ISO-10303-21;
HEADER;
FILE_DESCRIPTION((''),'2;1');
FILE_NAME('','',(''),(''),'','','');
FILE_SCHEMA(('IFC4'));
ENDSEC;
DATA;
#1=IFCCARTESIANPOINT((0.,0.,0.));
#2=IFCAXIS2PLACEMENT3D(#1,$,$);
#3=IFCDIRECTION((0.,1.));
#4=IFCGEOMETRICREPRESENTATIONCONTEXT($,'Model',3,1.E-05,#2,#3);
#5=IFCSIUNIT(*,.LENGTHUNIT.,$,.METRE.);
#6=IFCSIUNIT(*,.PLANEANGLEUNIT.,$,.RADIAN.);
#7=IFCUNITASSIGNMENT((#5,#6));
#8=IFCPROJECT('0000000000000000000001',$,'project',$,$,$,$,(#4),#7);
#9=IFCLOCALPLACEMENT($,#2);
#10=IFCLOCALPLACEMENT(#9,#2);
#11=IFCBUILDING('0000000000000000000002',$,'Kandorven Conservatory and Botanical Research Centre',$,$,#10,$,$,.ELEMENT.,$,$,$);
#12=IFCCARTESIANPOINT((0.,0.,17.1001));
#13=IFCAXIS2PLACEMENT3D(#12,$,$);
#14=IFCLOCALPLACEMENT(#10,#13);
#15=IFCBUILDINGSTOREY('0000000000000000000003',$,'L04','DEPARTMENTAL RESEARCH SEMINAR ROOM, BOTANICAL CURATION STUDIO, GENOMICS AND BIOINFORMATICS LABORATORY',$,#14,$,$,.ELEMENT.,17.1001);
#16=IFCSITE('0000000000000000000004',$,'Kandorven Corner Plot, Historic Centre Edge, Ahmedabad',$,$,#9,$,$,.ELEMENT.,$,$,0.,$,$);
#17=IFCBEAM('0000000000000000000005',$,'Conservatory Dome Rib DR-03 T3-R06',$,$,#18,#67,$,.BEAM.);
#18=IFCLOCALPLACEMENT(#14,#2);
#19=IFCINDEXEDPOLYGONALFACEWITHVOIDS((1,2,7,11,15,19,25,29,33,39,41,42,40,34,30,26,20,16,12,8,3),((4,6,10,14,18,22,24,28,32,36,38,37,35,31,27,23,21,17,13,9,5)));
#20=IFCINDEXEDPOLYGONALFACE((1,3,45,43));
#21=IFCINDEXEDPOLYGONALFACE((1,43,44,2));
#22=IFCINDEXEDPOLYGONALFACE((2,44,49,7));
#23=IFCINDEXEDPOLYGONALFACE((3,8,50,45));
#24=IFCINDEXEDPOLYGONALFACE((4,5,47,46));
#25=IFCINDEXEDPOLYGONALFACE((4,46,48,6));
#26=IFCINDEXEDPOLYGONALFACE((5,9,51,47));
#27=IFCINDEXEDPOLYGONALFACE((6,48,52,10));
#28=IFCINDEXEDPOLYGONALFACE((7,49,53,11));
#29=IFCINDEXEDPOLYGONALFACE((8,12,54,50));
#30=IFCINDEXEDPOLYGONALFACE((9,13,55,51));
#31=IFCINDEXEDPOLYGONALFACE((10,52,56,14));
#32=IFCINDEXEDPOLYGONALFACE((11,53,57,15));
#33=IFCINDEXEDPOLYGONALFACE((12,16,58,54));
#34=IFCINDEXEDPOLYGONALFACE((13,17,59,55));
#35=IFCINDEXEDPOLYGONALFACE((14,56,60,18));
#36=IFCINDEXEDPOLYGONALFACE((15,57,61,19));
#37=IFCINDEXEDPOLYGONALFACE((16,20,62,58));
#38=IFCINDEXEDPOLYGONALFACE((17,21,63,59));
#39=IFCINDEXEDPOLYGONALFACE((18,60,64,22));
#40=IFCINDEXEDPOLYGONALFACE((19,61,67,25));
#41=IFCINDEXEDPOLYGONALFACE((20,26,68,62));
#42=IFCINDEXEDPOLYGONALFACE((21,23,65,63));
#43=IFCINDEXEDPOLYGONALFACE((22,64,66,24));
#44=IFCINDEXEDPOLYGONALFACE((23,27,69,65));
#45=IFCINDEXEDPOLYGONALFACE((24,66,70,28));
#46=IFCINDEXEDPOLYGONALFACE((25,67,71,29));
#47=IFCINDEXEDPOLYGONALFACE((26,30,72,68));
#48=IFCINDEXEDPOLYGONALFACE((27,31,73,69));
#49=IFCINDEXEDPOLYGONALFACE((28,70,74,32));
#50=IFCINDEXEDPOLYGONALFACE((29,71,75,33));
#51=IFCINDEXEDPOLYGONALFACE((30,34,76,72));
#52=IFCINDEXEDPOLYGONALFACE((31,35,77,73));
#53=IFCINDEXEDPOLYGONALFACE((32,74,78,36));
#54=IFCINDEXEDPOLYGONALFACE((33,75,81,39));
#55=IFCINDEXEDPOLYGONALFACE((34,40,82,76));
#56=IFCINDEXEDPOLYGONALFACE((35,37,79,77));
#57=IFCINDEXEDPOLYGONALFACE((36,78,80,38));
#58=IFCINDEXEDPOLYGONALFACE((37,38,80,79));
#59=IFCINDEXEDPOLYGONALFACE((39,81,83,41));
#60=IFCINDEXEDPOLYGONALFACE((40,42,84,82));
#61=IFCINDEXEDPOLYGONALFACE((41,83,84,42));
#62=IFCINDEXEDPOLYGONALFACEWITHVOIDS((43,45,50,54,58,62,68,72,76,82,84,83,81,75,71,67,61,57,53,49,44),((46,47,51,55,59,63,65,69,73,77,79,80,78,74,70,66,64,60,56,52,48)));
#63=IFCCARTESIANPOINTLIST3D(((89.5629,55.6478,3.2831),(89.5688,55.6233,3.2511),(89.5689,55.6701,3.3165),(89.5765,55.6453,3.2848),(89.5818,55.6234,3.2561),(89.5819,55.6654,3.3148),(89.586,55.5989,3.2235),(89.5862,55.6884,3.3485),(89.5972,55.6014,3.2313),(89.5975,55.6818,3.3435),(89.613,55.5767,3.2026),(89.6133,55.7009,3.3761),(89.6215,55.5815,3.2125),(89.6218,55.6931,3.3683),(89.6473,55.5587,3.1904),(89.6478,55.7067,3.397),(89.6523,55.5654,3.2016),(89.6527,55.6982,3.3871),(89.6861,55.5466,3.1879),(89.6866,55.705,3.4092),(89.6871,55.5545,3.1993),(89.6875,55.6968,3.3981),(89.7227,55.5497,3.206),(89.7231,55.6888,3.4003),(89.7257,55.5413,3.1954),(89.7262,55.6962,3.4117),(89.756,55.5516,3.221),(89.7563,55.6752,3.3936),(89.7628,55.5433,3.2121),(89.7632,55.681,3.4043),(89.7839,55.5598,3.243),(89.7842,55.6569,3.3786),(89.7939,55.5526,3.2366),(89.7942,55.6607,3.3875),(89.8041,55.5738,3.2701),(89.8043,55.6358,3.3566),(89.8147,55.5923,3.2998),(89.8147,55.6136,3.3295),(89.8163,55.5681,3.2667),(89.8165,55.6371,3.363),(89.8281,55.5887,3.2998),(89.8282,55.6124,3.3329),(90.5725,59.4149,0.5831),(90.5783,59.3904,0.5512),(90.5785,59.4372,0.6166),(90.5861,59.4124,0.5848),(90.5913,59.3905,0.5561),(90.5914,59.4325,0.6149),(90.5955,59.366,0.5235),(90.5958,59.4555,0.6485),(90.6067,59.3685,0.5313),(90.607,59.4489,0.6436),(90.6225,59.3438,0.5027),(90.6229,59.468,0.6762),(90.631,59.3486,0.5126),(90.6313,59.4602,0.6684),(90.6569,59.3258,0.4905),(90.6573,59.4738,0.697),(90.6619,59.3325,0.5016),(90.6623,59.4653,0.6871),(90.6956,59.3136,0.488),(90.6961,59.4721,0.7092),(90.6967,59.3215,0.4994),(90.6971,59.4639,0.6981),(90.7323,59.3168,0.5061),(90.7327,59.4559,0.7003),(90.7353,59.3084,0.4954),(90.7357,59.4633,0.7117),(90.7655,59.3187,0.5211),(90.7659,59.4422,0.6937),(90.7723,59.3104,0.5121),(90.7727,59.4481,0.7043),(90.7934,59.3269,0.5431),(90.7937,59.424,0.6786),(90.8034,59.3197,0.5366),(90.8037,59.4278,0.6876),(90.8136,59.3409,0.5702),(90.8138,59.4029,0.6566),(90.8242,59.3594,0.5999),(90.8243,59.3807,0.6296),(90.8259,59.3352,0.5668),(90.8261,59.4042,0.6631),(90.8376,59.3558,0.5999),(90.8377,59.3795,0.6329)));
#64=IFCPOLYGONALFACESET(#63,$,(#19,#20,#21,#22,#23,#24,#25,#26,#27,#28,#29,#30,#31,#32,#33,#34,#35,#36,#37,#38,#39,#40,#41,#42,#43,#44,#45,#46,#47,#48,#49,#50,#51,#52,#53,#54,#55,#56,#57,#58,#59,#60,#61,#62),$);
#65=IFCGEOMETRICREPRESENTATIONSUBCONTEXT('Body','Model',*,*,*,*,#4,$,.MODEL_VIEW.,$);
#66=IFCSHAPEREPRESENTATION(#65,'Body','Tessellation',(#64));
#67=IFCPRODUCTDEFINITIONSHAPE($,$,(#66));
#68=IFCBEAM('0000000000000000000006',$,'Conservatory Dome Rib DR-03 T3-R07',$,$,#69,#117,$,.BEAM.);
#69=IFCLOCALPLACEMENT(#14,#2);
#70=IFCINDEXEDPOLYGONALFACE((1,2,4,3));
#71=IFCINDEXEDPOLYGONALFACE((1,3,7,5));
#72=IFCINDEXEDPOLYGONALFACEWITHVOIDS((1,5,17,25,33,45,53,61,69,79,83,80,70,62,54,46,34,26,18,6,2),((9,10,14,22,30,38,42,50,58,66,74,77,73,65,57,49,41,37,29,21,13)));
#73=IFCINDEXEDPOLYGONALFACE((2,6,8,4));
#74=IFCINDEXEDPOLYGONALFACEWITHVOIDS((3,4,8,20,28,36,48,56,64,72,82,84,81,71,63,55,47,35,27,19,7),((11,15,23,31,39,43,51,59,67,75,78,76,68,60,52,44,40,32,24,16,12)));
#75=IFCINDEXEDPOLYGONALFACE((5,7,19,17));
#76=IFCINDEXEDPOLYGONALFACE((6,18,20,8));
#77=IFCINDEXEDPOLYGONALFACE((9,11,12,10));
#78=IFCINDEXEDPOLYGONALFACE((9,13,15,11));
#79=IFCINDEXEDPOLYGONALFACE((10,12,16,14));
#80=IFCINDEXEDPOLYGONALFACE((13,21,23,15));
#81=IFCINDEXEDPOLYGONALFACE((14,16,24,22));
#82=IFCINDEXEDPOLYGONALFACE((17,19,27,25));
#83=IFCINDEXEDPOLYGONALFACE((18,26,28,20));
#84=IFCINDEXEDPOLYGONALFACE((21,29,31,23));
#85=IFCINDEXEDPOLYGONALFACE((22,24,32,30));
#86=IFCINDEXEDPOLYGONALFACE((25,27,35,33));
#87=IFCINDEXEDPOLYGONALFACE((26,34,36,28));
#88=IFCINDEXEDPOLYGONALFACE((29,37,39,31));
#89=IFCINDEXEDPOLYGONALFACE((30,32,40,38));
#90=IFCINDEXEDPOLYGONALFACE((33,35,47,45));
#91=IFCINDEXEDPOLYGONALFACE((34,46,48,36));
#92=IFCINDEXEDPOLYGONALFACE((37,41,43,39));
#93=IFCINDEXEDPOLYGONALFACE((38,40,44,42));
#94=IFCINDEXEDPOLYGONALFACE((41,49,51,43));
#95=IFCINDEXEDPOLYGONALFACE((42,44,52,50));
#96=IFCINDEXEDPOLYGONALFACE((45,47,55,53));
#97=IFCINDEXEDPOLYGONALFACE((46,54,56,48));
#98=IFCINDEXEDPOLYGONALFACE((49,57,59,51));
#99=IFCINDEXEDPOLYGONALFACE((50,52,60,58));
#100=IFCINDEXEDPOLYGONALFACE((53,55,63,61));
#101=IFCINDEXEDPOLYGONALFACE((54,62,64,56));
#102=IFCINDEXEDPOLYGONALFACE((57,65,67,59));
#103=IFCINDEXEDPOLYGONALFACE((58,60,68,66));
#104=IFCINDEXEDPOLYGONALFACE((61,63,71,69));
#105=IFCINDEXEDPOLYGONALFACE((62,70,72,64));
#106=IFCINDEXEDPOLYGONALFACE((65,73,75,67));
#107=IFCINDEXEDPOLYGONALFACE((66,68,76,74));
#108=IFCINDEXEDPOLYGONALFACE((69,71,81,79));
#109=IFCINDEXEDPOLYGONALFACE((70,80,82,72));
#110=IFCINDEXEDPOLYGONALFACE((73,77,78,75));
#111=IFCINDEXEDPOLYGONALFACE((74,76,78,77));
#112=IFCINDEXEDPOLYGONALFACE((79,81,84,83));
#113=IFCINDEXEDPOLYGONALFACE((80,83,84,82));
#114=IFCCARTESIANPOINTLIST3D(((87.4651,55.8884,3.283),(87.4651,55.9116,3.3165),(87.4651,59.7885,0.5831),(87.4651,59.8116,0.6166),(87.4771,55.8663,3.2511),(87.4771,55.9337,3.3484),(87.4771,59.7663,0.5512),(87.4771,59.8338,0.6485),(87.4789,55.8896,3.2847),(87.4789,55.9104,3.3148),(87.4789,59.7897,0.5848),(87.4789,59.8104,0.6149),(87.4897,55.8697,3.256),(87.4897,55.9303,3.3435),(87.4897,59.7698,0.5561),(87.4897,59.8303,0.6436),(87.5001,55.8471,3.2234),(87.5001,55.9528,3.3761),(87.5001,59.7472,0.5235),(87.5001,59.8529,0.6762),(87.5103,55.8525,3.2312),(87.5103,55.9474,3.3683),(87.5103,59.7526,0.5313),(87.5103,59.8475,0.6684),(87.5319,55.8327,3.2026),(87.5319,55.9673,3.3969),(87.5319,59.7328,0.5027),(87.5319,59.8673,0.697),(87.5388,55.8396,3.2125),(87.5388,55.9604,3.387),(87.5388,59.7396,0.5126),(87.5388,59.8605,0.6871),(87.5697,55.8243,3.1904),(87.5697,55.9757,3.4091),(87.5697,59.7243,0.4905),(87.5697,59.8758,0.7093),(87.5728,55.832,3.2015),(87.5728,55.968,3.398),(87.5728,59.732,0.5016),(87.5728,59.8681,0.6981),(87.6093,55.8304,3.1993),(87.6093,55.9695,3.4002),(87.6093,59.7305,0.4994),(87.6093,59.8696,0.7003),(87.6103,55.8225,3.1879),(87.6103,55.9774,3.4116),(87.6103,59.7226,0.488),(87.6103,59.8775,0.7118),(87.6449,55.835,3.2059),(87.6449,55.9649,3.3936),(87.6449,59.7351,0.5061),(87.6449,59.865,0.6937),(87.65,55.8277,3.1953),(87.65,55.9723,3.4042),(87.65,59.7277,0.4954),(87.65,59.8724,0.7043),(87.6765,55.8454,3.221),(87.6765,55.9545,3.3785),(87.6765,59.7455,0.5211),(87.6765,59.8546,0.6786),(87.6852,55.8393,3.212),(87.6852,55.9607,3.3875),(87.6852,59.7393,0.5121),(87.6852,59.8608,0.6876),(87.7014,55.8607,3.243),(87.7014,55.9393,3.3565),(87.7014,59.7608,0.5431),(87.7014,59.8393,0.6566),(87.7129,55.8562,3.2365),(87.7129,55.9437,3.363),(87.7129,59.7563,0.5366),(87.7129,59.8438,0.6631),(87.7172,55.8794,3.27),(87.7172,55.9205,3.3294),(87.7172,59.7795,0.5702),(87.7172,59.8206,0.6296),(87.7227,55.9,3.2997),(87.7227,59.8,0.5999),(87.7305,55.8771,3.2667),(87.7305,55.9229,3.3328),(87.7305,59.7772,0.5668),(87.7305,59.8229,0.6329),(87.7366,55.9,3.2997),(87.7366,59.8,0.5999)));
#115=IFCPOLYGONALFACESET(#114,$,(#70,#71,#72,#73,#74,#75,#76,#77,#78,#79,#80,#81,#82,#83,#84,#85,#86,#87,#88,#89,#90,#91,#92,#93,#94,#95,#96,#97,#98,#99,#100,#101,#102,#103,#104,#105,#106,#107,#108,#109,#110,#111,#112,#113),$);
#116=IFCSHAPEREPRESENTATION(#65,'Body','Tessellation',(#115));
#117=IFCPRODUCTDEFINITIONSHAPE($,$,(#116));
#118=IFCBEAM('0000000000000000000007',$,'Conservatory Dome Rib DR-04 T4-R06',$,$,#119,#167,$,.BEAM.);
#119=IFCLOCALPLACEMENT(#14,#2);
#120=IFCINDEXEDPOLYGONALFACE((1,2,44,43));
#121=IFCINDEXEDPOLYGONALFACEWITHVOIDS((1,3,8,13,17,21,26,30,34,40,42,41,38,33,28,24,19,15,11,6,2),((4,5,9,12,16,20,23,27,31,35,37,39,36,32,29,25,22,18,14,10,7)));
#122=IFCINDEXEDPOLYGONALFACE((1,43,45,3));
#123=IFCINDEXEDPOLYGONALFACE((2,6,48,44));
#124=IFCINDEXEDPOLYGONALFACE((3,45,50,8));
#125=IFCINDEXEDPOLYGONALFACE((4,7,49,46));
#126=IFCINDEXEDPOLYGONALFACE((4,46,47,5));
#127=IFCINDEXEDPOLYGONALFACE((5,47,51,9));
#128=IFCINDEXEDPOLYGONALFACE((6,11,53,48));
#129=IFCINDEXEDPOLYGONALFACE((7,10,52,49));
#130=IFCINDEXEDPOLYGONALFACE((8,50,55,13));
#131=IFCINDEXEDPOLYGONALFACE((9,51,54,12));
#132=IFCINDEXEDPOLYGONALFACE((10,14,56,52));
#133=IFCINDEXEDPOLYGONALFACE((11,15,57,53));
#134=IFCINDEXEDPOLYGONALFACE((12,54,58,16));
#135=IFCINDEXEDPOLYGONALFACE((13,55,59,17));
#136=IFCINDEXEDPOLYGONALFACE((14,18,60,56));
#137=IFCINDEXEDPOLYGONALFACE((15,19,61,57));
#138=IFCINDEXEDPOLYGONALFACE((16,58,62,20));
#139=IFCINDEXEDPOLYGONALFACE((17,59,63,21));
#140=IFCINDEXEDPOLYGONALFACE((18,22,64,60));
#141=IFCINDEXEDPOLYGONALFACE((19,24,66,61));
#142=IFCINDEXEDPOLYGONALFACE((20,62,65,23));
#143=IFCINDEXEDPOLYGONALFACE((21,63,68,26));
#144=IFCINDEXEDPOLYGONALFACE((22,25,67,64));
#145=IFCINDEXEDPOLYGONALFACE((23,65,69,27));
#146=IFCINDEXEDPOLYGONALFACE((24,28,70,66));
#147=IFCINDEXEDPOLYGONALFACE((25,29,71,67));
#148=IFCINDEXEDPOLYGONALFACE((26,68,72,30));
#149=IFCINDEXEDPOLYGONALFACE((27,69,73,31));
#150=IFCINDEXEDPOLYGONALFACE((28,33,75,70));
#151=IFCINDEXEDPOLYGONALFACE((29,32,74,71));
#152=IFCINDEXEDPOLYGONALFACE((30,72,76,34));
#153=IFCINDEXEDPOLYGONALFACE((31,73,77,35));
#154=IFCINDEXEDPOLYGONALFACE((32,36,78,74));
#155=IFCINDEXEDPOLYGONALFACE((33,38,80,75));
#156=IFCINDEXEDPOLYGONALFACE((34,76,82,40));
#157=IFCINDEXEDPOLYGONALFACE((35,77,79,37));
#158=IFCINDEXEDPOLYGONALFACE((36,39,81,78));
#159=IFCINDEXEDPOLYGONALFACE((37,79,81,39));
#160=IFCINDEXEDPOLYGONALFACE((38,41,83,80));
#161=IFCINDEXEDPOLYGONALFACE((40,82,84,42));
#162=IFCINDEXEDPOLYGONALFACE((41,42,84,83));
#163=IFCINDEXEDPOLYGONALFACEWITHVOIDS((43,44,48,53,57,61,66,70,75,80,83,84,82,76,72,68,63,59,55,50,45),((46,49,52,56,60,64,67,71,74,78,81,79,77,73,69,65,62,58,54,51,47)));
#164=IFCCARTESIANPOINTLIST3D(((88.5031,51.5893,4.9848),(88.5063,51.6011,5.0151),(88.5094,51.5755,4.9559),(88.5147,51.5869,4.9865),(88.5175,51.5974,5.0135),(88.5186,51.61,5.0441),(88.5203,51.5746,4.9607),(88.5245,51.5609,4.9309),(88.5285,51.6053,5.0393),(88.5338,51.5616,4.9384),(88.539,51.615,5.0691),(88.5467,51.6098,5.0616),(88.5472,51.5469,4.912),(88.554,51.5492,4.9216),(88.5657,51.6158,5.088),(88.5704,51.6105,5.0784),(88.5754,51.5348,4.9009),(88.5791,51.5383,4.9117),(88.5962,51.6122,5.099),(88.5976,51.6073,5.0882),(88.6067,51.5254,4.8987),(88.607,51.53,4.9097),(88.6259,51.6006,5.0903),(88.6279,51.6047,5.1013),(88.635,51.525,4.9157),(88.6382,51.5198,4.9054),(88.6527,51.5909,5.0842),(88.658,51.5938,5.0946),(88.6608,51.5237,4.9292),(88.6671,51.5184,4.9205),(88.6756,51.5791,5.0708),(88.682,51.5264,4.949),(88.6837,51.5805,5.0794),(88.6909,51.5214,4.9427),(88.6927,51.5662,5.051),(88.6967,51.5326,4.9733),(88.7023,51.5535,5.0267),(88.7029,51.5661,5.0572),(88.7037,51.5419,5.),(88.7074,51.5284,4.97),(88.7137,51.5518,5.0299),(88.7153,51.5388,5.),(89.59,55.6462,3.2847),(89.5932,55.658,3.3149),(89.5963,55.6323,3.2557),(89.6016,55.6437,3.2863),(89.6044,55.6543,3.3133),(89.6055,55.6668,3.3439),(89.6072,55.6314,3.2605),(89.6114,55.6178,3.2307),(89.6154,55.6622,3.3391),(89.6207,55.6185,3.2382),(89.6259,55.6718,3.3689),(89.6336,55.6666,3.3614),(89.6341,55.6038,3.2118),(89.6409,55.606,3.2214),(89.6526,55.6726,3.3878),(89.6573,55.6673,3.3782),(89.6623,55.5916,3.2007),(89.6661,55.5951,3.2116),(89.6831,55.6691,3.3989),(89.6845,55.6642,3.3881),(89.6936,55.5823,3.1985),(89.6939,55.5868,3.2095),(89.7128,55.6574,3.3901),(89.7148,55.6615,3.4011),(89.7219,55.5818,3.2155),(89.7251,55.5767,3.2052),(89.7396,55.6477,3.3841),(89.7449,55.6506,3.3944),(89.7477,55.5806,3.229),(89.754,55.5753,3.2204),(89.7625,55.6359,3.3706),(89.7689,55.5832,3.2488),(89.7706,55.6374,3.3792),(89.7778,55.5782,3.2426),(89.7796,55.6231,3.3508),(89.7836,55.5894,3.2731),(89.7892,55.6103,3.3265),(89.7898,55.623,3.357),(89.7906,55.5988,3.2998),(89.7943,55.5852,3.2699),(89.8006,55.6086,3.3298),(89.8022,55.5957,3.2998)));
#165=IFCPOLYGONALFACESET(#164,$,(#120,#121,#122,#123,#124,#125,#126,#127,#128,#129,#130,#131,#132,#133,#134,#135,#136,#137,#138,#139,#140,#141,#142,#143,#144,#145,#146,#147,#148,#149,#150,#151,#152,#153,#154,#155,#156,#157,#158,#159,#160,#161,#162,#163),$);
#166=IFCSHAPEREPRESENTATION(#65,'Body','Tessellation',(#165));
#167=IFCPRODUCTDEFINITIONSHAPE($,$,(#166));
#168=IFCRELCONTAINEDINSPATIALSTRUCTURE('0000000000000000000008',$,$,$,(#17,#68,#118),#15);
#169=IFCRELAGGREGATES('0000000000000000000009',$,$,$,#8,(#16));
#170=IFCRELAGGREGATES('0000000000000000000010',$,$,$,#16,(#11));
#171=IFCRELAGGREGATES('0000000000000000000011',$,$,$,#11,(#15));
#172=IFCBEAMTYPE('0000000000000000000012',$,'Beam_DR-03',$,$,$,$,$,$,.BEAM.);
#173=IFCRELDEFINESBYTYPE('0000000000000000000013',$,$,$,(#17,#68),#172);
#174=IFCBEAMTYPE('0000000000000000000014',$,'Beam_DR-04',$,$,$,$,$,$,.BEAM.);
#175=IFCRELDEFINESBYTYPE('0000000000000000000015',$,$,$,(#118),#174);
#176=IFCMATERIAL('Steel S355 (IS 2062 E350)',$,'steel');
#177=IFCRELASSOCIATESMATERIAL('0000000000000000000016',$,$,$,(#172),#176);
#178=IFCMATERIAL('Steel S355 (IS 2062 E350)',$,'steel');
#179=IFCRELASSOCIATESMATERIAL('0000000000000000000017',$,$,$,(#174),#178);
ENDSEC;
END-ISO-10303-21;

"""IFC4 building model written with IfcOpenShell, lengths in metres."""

from ifc_helpers import new_model, si_unit, direction, frame, origin, origin_2d, place, context, subcontext, project, spatial, hollow_circle, extrude, material, material_profile, profile_set, type_object, element, save


model = new_model("IFC4")

# Units and contexts
model_context = context("Model", 3, precision=1e-05, world=origin(), true_north=direction((0.0, 1.0)))
body_context = subcontext(model_context, "Body", "Model", "MODEL_VIEW")
ifc_project = project(units=[si_unit("LENGTHUNIT", "METRE"), si_unit("PLANEANGLEUNIT", "RADIAN")], contexts=[model_context])

# Site, building, storey
site_placement = place(None, origin())
site = spatial("IfcSite", under=ifc_project, at=site_placement, Name="Kandorven Corner Plot, Historic Centre Edge, Ahmedabad", CompositionType="ELEMENT", RefElevation=0.0)
building_placement = place(site_placement, origin())
building = spatial("IfcBuilding", under=site, at=building_placement, Name="Kandorven Conservatory and Botanical Research Centre", CompositionType="ELEMENT")
storey_placement = place(building_placement, frame((0.0, 0.0, 17.1001)))
storey = spatial("IfcBuildingStorey", under=building, at=storey_placement, Name="L04", Description="DEPARTMENTAL RESEARCH SEMINAR ROOM, BOTANICAL CURATION STUDIO, GENOMICS AND BIOINFORMATICS LABORATORY", CompositionType="ELEMENT", Elevation=17.1001)

# Beams
ifc_material_1 = material(Name="Steel S355 (IS 2062 E350)", Category="steel")
ifc_material_profile_1 = material_profile(ifc_material_1, hollow_circle(Radius=0.1365, WallThickness=0.0139, at=origin_2d()))
ifc_profile_set_1 = profile_set([ifc_material_profile_1], Name="Steel S355 (IS 2062 E350)")
beam_type_1 = type_object("IfcBeamType", Name="Beam_DR-03", PredefinedType="BEAM", material=ifc_profile_set_1)
for number, where, z_axis, x_axis, name in (
    (1, (90.7058, 59.3911, 0.5999), (-0.212827, -0.794175, 0.569202), (0.965917, -0.258851, 0.0), "Conservatory Dome Rib DR-03 T3-R06"),
    (2, (87.6001, 59.8, 0.5999), (0.0, -0.822207, 0.569189), (1.0, 0.0, 0.0), "Conservatory Dome Rib DR-03 T3-R07"),
):
    element("IfcBeam", number, at=place(storey_placement, frame(where, z_axis=z_axis, x_axis=x_axis)), inside=storey, type_object=beam_type_1, Name=name, PredefinedType="BEAM", context=body_context, shape_type="SweptSolid", body=[
        extrude(hollow_circle(Radius=0.1365, WallThickness=0.0139, at=origin_2d()), origin(), (0.0, 0.0, 1.0), 4.7434),
    ])
ifc_material_2 = material(Name="Steel S355 (IS 2062 E350)", Category="steel")
ifc_material_profile_2 = material_profile(ifc_material_2, hollow_circle(Radius=0.1096, WallThickness=0.012, at=origin_2d()))
ifc_profile_set_2 = profile_set([ifc_material_profile_2], Name="Steel S355 (IS 2062 E350)")
beam_type_2 = type_object("IfcBeamType", Name="Beam_DR-04", PredefinedType="BEAM", material=ifc_profile_set_2)
for number, where, z_axis, x_axis, name in (
    (3, (89.6963, 55.624, 3.2998), (-0.239882, -0.895353, 0.375233), (0.965933, -0.258791, 0.0), "Conservatory Dome Rib DR-04 T4-R06"),
):
    element("IfcBeam", number, at=place(storey_placement, frame(where, z_axis=z_axis, x_axis=x_axis)), inside=storey, type_object=beam_type_2, Name=name, PredefinedType="BEAM", context=body_context, shape_type="SweptSolid", body=[
        extrude(hollow_circle(Radius=0.1096, WallThickness=0.012, at=origin_2d()), origin(), (0.0, 0.0, 1.0), 4.531),
    ])

save(model, "model.ifc")
